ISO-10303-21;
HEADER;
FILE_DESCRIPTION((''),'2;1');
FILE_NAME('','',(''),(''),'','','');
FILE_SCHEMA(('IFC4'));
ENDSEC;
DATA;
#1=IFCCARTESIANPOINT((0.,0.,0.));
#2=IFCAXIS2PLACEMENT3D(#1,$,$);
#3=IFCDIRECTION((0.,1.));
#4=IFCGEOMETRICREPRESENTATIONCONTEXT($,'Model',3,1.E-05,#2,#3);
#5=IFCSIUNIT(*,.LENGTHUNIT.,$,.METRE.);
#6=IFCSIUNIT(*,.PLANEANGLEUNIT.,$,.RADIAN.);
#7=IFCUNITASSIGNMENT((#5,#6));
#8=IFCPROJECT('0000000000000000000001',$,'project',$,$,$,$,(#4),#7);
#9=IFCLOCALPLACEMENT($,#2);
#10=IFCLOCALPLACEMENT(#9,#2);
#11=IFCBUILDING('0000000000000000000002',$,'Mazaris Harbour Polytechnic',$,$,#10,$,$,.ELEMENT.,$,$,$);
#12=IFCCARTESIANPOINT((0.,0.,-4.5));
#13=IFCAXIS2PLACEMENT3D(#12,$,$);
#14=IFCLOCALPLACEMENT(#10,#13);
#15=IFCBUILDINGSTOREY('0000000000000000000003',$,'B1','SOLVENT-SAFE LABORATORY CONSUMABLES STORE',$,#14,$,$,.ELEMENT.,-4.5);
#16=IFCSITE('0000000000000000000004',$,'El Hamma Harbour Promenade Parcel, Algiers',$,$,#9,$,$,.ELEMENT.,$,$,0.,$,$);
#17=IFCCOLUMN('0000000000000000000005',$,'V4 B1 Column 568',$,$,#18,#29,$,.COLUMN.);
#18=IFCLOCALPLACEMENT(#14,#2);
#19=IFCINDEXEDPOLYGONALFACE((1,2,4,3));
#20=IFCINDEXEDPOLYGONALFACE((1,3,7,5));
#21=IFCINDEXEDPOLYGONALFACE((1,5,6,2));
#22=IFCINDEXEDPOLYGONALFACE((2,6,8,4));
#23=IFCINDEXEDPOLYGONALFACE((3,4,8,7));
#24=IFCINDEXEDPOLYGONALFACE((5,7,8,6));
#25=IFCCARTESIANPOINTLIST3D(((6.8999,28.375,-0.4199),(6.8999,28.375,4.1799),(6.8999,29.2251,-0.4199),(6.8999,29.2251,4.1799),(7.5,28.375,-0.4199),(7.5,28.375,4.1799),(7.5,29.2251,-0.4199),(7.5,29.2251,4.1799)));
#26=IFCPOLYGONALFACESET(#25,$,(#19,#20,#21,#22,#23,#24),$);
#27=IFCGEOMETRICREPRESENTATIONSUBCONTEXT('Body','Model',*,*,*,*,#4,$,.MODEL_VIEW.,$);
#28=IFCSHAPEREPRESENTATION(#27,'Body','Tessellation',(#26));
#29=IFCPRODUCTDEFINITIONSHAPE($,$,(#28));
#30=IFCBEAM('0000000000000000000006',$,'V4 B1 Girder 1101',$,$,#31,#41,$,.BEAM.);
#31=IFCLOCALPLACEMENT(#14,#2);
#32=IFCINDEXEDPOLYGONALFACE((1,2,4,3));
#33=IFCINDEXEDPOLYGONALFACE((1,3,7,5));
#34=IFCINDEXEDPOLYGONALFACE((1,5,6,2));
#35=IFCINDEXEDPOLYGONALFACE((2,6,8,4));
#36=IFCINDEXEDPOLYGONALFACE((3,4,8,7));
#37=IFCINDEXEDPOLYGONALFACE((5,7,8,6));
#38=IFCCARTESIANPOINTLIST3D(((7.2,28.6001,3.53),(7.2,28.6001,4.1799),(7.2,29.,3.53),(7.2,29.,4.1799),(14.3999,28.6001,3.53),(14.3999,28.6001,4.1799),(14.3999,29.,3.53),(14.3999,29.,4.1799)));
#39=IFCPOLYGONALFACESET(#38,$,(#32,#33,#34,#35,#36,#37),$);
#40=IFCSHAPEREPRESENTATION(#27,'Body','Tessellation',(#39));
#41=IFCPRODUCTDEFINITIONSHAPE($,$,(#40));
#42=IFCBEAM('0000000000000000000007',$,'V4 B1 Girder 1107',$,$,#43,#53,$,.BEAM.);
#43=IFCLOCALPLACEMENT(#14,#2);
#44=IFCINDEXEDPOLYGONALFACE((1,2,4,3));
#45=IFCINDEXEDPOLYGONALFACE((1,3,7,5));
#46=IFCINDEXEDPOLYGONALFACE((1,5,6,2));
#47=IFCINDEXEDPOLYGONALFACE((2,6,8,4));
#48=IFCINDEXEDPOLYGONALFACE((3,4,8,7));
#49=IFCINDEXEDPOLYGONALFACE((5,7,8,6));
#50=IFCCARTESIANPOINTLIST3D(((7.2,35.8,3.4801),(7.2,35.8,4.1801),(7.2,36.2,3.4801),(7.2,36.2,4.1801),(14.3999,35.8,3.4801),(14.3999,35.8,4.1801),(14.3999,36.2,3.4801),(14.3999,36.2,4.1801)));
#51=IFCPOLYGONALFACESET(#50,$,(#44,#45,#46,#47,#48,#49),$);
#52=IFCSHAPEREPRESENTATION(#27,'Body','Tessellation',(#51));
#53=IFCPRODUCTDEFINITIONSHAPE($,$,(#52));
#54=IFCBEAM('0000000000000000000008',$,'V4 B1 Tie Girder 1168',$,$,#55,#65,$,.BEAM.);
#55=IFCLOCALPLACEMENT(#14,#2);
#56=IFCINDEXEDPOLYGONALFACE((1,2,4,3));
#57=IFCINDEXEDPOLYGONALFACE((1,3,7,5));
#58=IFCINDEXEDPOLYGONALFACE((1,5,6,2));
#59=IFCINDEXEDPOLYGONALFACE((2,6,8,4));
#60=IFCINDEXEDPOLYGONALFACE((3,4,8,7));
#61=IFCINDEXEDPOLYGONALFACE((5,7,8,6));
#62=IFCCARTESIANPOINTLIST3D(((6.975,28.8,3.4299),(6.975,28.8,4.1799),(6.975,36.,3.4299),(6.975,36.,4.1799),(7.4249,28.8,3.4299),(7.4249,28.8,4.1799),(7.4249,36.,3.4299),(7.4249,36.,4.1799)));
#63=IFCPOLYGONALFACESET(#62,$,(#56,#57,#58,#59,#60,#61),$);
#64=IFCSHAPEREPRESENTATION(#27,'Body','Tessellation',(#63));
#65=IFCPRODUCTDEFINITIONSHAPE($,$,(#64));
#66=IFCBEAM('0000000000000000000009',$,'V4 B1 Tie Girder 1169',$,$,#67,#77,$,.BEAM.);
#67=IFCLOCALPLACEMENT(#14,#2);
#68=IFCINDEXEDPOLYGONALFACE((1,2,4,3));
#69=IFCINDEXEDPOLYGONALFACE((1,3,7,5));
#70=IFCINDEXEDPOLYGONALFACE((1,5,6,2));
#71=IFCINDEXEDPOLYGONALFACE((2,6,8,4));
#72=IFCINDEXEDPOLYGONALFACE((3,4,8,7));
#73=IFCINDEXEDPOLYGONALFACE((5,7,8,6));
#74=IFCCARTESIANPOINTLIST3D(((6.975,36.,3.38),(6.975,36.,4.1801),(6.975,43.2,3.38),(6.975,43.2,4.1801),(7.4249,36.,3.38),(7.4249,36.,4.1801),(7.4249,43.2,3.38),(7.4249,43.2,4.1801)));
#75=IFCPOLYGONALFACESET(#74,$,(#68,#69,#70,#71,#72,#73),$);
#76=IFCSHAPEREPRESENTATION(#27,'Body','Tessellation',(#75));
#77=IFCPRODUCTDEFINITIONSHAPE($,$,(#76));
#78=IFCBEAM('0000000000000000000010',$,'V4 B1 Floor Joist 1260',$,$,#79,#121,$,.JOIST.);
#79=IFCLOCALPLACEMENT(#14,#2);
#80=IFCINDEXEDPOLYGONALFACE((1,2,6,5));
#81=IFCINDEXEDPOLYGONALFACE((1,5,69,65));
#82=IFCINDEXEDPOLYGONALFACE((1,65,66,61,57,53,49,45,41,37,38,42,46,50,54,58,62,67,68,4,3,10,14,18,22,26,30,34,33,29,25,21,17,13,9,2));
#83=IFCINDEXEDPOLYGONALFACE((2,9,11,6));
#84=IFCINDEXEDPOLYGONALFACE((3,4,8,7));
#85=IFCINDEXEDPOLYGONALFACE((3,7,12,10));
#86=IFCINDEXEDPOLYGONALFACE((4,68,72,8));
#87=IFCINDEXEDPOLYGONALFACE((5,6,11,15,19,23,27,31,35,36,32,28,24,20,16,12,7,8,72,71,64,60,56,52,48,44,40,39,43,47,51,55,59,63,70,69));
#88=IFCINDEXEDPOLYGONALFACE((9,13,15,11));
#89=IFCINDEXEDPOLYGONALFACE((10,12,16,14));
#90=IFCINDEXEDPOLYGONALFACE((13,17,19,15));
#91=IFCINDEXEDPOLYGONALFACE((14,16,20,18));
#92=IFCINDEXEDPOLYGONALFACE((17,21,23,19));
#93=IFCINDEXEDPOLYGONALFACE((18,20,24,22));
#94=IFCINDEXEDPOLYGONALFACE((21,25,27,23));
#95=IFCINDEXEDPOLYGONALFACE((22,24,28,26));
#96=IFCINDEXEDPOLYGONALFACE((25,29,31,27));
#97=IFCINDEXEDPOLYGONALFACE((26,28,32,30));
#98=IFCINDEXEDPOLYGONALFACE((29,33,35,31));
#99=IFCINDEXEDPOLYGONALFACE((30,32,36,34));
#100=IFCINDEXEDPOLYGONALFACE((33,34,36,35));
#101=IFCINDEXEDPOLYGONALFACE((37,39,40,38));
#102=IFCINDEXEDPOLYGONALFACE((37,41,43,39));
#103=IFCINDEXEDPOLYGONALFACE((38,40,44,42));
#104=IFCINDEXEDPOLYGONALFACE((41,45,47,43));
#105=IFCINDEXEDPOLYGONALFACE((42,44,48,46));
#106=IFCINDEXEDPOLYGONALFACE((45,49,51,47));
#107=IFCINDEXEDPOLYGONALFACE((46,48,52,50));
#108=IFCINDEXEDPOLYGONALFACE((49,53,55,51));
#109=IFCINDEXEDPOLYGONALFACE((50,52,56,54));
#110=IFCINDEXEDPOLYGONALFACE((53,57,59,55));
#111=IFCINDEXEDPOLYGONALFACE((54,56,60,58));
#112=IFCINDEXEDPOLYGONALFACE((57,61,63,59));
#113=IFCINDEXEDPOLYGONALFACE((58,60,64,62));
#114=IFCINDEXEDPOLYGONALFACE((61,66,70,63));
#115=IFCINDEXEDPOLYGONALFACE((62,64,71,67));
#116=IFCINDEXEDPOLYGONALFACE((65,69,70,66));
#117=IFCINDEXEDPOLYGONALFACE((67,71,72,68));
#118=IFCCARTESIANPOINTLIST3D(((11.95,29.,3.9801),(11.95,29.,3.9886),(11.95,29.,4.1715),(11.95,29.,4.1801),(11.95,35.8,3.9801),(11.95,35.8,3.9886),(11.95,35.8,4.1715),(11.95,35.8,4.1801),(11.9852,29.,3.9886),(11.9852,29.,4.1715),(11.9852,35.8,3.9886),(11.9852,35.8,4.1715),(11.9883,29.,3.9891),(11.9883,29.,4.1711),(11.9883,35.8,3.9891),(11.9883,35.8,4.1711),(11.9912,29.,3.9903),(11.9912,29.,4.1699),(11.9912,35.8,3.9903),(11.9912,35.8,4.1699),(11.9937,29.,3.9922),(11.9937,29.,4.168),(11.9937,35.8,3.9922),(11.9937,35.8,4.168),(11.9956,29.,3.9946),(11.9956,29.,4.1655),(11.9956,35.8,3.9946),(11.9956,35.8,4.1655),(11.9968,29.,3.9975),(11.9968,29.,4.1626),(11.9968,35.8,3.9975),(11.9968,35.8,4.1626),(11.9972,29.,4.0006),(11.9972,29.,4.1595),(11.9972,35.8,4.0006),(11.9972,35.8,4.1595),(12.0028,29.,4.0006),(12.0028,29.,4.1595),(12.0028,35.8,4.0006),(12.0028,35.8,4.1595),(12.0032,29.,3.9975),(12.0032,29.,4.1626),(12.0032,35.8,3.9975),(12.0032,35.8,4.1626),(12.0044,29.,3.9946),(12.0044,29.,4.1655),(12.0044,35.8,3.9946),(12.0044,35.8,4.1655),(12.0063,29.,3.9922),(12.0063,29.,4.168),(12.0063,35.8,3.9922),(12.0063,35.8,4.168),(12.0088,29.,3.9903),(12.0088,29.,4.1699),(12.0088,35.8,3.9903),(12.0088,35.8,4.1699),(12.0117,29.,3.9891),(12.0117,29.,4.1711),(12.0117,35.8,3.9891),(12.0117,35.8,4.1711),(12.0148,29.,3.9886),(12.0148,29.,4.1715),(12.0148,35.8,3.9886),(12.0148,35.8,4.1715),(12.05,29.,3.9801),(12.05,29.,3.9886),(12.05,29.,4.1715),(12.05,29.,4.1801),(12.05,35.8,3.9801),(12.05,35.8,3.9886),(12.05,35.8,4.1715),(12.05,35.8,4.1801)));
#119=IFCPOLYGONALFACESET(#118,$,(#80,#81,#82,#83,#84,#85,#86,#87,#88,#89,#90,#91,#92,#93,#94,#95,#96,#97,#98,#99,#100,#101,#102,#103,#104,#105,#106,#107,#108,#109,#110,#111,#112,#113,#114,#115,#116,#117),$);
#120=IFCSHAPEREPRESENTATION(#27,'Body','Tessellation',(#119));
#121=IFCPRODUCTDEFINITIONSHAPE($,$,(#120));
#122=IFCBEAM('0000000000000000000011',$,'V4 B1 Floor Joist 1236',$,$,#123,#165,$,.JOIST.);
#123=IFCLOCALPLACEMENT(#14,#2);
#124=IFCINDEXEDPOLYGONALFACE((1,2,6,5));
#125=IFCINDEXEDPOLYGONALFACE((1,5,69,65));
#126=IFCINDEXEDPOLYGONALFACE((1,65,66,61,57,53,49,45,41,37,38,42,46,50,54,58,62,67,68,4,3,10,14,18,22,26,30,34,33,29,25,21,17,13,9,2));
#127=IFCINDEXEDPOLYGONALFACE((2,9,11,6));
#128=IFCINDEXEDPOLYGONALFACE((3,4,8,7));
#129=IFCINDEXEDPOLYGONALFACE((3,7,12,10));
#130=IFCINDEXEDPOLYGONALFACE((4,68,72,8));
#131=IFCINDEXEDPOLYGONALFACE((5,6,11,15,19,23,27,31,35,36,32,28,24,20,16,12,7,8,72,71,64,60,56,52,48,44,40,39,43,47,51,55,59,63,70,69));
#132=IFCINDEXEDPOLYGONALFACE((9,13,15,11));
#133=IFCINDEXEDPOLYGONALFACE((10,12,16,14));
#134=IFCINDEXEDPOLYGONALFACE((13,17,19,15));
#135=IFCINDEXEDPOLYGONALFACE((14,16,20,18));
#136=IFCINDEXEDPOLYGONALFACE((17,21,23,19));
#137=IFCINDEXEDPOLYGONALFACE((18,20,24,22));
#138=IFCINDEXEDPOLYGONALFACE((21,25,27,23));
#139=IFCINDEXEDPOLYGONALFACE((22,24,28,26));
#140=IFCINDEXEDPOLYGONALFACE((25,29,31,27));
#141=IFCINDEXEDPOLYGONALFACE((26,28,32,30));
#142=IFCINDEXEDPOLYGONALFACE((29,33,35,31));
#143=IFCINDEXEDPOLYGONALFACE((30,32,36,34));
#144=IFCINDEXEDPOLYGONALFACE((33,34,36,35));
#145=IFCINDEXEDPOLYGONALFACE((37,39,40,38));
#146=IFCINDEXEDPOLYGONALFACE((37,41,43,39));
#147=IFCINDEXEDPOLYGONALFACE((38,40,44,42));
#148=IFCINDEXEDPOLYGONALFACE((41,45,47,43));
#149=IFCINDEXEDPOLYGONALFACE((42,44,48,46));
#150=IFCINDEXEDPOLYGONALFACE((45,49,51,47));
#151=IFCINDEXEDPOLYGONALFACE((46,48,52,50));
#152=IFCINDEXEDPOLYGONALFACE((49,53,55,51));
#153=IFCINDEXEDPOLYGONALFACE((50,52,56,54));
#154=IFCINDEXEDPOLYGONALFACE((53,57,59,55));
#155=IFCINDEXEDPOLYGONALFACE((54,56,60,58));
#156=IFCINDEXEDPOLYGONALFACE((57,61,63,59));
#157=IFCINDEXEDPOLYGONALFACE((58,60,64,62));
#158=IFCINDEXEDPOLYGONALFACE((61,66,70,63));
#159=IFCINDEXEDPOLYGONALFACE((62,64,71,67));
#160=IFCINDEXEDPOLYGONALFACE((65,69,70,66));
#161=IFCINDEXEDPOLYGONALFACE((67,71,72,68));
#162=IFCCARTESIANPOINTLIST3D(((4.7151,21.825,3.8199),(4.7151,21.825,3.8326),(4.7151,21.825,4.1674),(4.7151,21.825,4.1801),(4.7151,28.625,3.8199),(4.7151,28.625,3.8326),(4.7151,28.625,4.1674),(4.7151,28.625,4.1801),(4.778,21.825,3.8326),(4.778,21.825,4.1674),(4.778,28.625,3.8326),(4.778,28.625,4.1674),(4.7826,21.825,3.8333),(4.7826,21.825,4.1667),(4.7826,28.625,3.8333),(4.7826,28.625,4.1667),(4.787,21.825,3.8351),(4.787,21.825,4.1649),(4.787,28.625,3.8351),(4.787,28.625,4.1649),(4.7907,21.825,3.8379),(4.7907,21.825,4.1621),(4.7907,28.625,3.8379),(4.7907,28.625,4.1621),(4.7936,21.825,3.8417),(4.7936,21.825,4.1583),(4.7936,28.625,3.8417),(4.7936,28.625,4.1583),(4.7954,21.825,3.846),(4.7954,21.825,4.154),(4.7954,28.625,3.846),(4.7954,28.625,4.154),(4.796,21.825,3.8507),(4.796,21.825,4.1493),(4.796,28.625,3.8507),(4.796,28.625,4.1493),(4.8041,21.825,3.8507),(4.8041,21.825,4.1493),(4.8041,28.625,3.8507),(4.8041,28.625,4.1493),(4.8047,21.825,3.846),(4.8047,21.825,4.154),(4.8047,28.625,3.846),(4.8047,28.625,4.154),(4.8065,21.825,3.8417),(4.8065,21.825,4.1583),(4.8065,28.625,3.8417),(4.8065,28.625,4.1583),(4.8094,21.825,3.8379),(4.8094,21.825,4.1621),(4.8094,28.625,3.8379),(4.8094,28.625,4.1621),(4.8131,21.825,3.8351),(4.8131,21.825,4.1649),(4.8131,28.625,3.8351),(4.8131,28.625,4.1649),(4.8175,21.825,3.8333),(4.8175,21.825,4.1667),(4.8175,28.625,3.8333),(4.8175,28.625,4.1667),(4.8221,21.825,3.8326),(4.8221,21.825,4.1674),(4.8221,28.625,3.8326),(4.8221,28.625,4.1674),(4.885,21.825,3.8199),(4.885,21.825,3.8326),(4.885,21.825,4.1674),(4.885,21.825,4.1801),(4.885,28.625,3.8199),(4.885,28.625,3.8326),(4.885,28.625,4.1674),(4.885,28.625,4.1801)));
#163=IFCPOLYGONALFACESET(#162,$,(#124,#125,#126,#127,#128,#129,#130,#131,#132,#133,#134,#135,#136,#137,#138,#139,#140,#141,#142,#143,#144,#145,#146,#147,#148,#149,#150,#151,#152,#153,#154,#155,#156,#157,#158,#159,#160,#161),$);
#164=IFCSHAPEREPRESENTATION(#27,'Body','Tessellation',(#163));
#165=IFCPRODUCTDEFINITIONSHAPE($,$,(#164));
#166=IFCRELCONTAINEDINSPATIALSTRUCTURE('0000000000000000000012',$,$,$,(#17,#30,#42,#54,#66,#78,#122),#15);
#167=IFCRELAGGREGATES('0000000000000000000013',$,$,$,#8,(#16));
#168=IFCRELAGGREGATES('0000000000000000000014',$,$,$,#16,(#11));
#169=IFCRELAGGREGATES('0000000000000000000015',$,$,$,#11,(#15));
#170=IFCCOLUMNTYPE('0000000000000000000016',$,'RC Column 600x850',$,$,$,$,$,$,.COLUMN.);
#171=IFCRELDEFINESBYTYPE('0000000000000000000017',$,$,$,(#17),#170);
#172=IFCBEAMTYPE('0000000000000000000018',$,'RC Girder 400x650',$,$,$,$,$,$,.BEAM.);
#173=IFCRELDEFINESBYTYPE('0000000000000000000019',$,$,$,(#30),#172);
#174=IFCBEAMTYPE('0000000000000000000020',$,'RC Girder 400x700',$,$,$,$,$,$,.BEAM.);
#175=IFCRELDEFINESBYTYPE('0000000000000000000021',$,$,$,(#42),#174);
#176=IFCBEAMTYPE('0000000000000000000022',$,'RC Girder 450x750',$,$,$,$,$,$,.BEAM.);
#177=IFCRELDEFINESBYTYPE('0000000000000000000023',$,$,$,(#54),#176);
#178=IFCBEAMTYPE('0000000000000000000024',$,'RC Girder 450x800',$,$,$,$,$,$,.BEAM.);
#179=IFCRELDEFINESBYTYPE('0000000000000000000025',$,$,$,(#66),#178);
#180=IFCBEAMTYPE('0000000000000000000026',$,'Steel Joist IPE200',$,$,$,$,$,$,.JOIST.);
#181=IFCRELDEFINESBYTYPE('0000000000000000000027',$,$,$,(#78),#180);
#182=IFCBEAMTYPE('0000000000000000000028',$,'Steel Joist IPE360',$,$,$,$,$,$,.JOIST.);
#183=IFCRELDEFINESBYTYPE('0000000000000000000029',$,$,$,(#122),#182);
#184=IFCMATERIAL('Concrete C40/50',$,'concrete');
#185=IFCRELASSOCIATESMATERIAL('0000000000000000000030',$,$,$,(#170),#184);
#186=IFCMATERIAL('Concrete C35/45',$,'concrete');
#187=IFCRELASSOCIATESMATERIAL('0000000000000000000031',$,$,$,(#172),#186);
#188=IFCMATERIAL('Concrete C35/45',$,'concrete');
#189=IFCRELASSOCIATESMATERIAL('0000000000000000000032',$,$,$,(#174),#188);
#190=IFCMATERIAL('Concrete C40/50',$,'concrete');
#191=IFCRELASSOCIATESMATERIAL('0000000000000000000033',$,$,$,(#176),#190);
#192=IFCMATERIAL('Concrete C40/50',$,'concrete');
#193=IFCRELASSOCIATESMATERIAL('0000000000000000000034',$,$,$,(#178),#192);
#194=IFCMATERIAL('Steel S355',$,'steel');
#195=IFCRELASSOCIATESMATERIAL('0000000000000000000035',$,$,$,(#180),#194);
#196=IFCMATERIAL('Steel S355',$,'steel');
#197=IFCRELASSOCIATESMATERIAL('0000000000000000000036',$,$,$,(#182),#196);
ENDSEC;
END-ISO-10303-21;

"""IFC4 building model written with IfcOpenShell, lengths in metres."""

from ifc_helpers import new_model, si_unit, direction, frame, origin, origin_2d, place, context, subcontext, project, spatial, rectangle, i_section, extrude, material, material_profile, profile_set, type_object, element, save


model = new_model("IFC4")

# Units and contexts
model_context = context("Model", 3, precision=1e-05, world=origin(), true_north=direction((0.0, 1.0)))
body_context = subcontext(model_context, "Body", "Model", "MODEL_VIEW")
ifc_project = project(units=[si_unit("LENGTHUNIT", "METRE"), si_unit("PLANEANGLEUNIT", "RADIAN")], contexts=[model_context])

# Site, building, storey
site_placement = place(None, origin())
site = spatial("IfcSite", under=ifc_project, at=site_placement, Name="El Hamma Harbour Promenade Parcel, Algiers", CompositionType="ELEMENT", RefElevation=0.0)
building_placement = place(site_placement, origin())
building = spatial("IfcBuilding", under=site, at=building_placement, Name="Mazaris Harbour Polytechnic", CompositionType="ELEMENT")
storey_placement = place(building_placement, frame((0.0, 0.0, -4.5)))
storey = spatial("IfcBuildingStorey", under=building, at=storey_placement, Name="B1", Description="SOLVENT-SAFE LABORATORY CONSUMABLES STORE", CompositionType="ELEMENT", Elevation=-4.5)

# Column
ifc_material_1 = material(Name="Concrete C40/50", Category="concrete")
ifc_material_profile_1 = material_profile(ifc_material_1, rectangle(XDim=0.6001, YDim=0.8501, at=origin_2d()), Name="RECT600x850")
ifc_profile_set_1 = profile_set([ifc_material_profile_1], Name="Concrete C40/50")
column_type_1 = type_object("IfcColumnType", Name="RC Column 600x850", PredefinedType="COLUMN", material=ifc_profile_set_1)
column_1_placement = place(storey_placement, frame((7.2, 28.8, -0.4199), z_axis=(0.0, 0.0, 1.0), x_axis=(1.0, 0.0, 0.0)))
element("IfcColumn", 1, at=column_1_placement, inside=storey, type_object=column_type_1, Name="V4 B1 Column 568", PredefinedType="COLUMN", context=body_context, shape_type="SweptSolid", body=[
    extrude(rectangle(XDim=0.6001, YDim=0.8501, at=origin_2d()), origin(), (0.0, 0.0, 1.0), 4.5999),
])

# Beams
ifc_material_2 = material(Name="Concrete C35/45", Category="concrete")
ifc_material_profile_2 = material_profile(ifc_material_2, rectangle(XDim=0.3999, YDim=0.6499, at=origin_2d()), Name="RECT400x650")
ifc_profile_set_2 = profile_set([ifc_material_profile_2], Name="Concrete C35/45")
beam_type_1 = type_object("IfcBeamType", Name="RC Girder 400x650", PredefinedType="BEAM", material=ifc_profile_set_2)
beam_1_placement = place(storey_placement, frame((7.2, 28.8, 3.855), z_axis=(1.0, 0.0, 0.0), x_axis=(0.0, 1.0, 0.0)))
element("IfcBeam", 2, at=beam_1_placement, inside=storey, type_object=beam_type_1, Name="V4 B1 Girder 1101", PredefinedType="BEAM", context=body_context, shape_type="SweptSolid", body=[
    extrude(rectangle(XDim=0.3999, YDim=0.6499, at=origin_2d()), origin(), (0.0, 0.0, 1.0), 7.2),
])
ifc_material_3 = material(Name="Concrete C35/45", Category="concrete")
ifc_material_profile_3 = material_profile(ifc_material_3, rectangle(XDim=0.3999, YDim=0.7, at=origin_2d()), Name="RECT400x700")
ifc_profile_set_3 = profile_set([ifc_material_profile_3], Name="Concrete C35/45")
beam_type_2 = type_object("IfcBeamType", Name="RC Girder 400x700", PredefinedType="BEAM", material=ifc_profile_set_3)
beam_2_placement = place(storey_placement, frame((7.2, 36.0, 3.8301), z_axis=(1.0, 0.0, 0.0), x_axis=(0.0, 1.0, 0.0)))
element("IfcBeam", 3, at=beam_2_placement, inside=storey, type_object=beam_type_2, Name="V4 B1 Girder 1107", PredefinedType="BEAM", context=body_context, shape_type="SweptSolid", body=[
    extrude(rectangle(XDim=0.3999, YDim=0.7, at=origin_2d()), origin(), (0.0, 0.0, 1.0), 7.2),
])
ifc_material_4 = material(Name="Concrete C40/50", Category="concrete")
ifc_material_profile_4 = material_profile(ifc_material_4, rectangle(XDim=0.45, YDim=0.75, at=origin_2d()), Name="RECT450x750")
ifc_profile_set_4 = profile_set([ifc_material_profile_4], Name="Concrete C40/50")
beam_type_3 = type_object("IfcBeamType", Name="RC Girder 450x750", PredefinedType="BEAM", material=ifc_profile_set_4)
beam_3_placement = place(storey_placement, frame((7.2, 28.8, 3.8049), z_axis=(0.0, 1.0, 0.0), x_axis=(-1.0, 0.0, 0.0)))
element("IfcBeam", 4, at=beam_3_placement, inside=storey, type_object=beam_type_3, Name="V4 B1 Tie Girder 1168", PredefinedType="BEAM", context=body_context, shape_type="SweptSolid", body=[
    extrude(rectangle(XDim=0.45, YDim=0.75, at=origin_2d()), origin(), (0.0, 0.0, 1.0), 7.2),
])
ifc_material_5 = material(Name="Concrete C40/50", Category="concrete")
ifc_material_profile_5 = material_profile(ifc_material_5, rectangle(XDim=0.45, YDim=0.8, at=origin_2d()), Name="RECT450x800")
ifc_profile_set_5 = profile_set([ifc_material_profile_5], Name="Concrete C40/50")
beam_type_4 = type_object("IfcBeamType", Name="RC Girder 450x800", PredefinedType="BEAM", material=ifc_profile_set_5)
beam_4_placement = place(storey_placement, frame((7.2, 36.0, 3.78), z_axis=(0.0, 1.0, 0.0), x_axis=(-1.0, 0.0, 0.0)))
element("IfcBeam", 5, at=beam_4_placement, inside=storey, type_object=beam_type_4, Name="V4 B1 Tie Girder 1169", PredefinedType="BEAM", context=body_context, shape_type="SweptSolid", body=[
    extrude(rectangle(XDim=0.45, YDim=0.8, at=origin_2d()), origin(), (0.0, 0.0, 1.0), 7.2),
])
ifc_material_6 = material(Name="Steel S355", Category="steel")
ifc_material_profile_6 = material_profile(ifc_material_6, i_section(OverallWidth=0.1001, OverallDepth=0.2, WebThickness=0.0056, FlangeThickness=0.0085, FilletRadius=0.012, at=origin_2d()), Name="IPE 200")
ifc_profile_set_6 = profile_set([ifc_material_profile_6], Name="Steel S355")
beam_type_5 = type_object("IfcBeamType", Name="Steel Joist IPE200", PredefinedType="JOIST", material=ifc_profile_set_6)
beam_5_placement = place(storey_placement, frame((12.0, 29.0, 4.0801), z_axis=(0.0, 1.0, 0.0), x_axis=(-1.0, 0.0, 0.0)))
element("IfcBeam", 6, at=beam_5_placement, inside=storey, type_object=beam_type_5, Name="V4 B1 Floor Joist 1260", PredefinedType="JOIST", context=body_context, shape_type="SweptSolid", body=[
    extrude(i_section(OverallWidth=0.1001, OverallDepth=0.2, WebThickness=0.0056, FlangeThickness=0.0085, FilletRadius=0.012, at=origin_2d()), origin(), (0.0, 0.0, 1.0), 6.8),
])
ifc_material_7 = material(Name="Steel S355", Category="steel")
ifc_material_profile_7 = material_profile(ifc_material_7, i_section(OverallWidth=0.1699, OverallDepth=0.3601, WebThickness=0.0081, FlangeThickness=0.0127, FilletRadius=0.0181, at=origin_2d()), Name="IPE 360")
ifc_profile_set_7 = profile_set([ifc_material_profile_7], Name="Steel S355")
beam_type_6 = type_object("IfcBeamType", Name="Steel Joist IPE360", PredefinedType="JOIST", material=ifc_profile_set_7)
beam_6_placement = place(storey_placement, frame((4.8, 21.825, 4.0), z_axis=(0.0, 1.0, 0.0), x_axis=(-1.0, 0.0, 0.0)))
element("IfcBeam", 7, at=beam_6_placement, inside=storey, type_object=beam_type_6, Name="V4 B1 Floor Joist 1236", PredefinedType="JOIST", context=body_context, shape_type="SweptSolid", body=[
    extrude(i_section(OverallWidth=0.1699, OverallDepth=0.3601, WebThickness=0.0081, FlangeThickness=0.0127, FilletRadius=0.0181, at=origin_2d()), origin(), (0.0, 0.0, 1.0), 6.8),
])

save(model, "model.ifc")
